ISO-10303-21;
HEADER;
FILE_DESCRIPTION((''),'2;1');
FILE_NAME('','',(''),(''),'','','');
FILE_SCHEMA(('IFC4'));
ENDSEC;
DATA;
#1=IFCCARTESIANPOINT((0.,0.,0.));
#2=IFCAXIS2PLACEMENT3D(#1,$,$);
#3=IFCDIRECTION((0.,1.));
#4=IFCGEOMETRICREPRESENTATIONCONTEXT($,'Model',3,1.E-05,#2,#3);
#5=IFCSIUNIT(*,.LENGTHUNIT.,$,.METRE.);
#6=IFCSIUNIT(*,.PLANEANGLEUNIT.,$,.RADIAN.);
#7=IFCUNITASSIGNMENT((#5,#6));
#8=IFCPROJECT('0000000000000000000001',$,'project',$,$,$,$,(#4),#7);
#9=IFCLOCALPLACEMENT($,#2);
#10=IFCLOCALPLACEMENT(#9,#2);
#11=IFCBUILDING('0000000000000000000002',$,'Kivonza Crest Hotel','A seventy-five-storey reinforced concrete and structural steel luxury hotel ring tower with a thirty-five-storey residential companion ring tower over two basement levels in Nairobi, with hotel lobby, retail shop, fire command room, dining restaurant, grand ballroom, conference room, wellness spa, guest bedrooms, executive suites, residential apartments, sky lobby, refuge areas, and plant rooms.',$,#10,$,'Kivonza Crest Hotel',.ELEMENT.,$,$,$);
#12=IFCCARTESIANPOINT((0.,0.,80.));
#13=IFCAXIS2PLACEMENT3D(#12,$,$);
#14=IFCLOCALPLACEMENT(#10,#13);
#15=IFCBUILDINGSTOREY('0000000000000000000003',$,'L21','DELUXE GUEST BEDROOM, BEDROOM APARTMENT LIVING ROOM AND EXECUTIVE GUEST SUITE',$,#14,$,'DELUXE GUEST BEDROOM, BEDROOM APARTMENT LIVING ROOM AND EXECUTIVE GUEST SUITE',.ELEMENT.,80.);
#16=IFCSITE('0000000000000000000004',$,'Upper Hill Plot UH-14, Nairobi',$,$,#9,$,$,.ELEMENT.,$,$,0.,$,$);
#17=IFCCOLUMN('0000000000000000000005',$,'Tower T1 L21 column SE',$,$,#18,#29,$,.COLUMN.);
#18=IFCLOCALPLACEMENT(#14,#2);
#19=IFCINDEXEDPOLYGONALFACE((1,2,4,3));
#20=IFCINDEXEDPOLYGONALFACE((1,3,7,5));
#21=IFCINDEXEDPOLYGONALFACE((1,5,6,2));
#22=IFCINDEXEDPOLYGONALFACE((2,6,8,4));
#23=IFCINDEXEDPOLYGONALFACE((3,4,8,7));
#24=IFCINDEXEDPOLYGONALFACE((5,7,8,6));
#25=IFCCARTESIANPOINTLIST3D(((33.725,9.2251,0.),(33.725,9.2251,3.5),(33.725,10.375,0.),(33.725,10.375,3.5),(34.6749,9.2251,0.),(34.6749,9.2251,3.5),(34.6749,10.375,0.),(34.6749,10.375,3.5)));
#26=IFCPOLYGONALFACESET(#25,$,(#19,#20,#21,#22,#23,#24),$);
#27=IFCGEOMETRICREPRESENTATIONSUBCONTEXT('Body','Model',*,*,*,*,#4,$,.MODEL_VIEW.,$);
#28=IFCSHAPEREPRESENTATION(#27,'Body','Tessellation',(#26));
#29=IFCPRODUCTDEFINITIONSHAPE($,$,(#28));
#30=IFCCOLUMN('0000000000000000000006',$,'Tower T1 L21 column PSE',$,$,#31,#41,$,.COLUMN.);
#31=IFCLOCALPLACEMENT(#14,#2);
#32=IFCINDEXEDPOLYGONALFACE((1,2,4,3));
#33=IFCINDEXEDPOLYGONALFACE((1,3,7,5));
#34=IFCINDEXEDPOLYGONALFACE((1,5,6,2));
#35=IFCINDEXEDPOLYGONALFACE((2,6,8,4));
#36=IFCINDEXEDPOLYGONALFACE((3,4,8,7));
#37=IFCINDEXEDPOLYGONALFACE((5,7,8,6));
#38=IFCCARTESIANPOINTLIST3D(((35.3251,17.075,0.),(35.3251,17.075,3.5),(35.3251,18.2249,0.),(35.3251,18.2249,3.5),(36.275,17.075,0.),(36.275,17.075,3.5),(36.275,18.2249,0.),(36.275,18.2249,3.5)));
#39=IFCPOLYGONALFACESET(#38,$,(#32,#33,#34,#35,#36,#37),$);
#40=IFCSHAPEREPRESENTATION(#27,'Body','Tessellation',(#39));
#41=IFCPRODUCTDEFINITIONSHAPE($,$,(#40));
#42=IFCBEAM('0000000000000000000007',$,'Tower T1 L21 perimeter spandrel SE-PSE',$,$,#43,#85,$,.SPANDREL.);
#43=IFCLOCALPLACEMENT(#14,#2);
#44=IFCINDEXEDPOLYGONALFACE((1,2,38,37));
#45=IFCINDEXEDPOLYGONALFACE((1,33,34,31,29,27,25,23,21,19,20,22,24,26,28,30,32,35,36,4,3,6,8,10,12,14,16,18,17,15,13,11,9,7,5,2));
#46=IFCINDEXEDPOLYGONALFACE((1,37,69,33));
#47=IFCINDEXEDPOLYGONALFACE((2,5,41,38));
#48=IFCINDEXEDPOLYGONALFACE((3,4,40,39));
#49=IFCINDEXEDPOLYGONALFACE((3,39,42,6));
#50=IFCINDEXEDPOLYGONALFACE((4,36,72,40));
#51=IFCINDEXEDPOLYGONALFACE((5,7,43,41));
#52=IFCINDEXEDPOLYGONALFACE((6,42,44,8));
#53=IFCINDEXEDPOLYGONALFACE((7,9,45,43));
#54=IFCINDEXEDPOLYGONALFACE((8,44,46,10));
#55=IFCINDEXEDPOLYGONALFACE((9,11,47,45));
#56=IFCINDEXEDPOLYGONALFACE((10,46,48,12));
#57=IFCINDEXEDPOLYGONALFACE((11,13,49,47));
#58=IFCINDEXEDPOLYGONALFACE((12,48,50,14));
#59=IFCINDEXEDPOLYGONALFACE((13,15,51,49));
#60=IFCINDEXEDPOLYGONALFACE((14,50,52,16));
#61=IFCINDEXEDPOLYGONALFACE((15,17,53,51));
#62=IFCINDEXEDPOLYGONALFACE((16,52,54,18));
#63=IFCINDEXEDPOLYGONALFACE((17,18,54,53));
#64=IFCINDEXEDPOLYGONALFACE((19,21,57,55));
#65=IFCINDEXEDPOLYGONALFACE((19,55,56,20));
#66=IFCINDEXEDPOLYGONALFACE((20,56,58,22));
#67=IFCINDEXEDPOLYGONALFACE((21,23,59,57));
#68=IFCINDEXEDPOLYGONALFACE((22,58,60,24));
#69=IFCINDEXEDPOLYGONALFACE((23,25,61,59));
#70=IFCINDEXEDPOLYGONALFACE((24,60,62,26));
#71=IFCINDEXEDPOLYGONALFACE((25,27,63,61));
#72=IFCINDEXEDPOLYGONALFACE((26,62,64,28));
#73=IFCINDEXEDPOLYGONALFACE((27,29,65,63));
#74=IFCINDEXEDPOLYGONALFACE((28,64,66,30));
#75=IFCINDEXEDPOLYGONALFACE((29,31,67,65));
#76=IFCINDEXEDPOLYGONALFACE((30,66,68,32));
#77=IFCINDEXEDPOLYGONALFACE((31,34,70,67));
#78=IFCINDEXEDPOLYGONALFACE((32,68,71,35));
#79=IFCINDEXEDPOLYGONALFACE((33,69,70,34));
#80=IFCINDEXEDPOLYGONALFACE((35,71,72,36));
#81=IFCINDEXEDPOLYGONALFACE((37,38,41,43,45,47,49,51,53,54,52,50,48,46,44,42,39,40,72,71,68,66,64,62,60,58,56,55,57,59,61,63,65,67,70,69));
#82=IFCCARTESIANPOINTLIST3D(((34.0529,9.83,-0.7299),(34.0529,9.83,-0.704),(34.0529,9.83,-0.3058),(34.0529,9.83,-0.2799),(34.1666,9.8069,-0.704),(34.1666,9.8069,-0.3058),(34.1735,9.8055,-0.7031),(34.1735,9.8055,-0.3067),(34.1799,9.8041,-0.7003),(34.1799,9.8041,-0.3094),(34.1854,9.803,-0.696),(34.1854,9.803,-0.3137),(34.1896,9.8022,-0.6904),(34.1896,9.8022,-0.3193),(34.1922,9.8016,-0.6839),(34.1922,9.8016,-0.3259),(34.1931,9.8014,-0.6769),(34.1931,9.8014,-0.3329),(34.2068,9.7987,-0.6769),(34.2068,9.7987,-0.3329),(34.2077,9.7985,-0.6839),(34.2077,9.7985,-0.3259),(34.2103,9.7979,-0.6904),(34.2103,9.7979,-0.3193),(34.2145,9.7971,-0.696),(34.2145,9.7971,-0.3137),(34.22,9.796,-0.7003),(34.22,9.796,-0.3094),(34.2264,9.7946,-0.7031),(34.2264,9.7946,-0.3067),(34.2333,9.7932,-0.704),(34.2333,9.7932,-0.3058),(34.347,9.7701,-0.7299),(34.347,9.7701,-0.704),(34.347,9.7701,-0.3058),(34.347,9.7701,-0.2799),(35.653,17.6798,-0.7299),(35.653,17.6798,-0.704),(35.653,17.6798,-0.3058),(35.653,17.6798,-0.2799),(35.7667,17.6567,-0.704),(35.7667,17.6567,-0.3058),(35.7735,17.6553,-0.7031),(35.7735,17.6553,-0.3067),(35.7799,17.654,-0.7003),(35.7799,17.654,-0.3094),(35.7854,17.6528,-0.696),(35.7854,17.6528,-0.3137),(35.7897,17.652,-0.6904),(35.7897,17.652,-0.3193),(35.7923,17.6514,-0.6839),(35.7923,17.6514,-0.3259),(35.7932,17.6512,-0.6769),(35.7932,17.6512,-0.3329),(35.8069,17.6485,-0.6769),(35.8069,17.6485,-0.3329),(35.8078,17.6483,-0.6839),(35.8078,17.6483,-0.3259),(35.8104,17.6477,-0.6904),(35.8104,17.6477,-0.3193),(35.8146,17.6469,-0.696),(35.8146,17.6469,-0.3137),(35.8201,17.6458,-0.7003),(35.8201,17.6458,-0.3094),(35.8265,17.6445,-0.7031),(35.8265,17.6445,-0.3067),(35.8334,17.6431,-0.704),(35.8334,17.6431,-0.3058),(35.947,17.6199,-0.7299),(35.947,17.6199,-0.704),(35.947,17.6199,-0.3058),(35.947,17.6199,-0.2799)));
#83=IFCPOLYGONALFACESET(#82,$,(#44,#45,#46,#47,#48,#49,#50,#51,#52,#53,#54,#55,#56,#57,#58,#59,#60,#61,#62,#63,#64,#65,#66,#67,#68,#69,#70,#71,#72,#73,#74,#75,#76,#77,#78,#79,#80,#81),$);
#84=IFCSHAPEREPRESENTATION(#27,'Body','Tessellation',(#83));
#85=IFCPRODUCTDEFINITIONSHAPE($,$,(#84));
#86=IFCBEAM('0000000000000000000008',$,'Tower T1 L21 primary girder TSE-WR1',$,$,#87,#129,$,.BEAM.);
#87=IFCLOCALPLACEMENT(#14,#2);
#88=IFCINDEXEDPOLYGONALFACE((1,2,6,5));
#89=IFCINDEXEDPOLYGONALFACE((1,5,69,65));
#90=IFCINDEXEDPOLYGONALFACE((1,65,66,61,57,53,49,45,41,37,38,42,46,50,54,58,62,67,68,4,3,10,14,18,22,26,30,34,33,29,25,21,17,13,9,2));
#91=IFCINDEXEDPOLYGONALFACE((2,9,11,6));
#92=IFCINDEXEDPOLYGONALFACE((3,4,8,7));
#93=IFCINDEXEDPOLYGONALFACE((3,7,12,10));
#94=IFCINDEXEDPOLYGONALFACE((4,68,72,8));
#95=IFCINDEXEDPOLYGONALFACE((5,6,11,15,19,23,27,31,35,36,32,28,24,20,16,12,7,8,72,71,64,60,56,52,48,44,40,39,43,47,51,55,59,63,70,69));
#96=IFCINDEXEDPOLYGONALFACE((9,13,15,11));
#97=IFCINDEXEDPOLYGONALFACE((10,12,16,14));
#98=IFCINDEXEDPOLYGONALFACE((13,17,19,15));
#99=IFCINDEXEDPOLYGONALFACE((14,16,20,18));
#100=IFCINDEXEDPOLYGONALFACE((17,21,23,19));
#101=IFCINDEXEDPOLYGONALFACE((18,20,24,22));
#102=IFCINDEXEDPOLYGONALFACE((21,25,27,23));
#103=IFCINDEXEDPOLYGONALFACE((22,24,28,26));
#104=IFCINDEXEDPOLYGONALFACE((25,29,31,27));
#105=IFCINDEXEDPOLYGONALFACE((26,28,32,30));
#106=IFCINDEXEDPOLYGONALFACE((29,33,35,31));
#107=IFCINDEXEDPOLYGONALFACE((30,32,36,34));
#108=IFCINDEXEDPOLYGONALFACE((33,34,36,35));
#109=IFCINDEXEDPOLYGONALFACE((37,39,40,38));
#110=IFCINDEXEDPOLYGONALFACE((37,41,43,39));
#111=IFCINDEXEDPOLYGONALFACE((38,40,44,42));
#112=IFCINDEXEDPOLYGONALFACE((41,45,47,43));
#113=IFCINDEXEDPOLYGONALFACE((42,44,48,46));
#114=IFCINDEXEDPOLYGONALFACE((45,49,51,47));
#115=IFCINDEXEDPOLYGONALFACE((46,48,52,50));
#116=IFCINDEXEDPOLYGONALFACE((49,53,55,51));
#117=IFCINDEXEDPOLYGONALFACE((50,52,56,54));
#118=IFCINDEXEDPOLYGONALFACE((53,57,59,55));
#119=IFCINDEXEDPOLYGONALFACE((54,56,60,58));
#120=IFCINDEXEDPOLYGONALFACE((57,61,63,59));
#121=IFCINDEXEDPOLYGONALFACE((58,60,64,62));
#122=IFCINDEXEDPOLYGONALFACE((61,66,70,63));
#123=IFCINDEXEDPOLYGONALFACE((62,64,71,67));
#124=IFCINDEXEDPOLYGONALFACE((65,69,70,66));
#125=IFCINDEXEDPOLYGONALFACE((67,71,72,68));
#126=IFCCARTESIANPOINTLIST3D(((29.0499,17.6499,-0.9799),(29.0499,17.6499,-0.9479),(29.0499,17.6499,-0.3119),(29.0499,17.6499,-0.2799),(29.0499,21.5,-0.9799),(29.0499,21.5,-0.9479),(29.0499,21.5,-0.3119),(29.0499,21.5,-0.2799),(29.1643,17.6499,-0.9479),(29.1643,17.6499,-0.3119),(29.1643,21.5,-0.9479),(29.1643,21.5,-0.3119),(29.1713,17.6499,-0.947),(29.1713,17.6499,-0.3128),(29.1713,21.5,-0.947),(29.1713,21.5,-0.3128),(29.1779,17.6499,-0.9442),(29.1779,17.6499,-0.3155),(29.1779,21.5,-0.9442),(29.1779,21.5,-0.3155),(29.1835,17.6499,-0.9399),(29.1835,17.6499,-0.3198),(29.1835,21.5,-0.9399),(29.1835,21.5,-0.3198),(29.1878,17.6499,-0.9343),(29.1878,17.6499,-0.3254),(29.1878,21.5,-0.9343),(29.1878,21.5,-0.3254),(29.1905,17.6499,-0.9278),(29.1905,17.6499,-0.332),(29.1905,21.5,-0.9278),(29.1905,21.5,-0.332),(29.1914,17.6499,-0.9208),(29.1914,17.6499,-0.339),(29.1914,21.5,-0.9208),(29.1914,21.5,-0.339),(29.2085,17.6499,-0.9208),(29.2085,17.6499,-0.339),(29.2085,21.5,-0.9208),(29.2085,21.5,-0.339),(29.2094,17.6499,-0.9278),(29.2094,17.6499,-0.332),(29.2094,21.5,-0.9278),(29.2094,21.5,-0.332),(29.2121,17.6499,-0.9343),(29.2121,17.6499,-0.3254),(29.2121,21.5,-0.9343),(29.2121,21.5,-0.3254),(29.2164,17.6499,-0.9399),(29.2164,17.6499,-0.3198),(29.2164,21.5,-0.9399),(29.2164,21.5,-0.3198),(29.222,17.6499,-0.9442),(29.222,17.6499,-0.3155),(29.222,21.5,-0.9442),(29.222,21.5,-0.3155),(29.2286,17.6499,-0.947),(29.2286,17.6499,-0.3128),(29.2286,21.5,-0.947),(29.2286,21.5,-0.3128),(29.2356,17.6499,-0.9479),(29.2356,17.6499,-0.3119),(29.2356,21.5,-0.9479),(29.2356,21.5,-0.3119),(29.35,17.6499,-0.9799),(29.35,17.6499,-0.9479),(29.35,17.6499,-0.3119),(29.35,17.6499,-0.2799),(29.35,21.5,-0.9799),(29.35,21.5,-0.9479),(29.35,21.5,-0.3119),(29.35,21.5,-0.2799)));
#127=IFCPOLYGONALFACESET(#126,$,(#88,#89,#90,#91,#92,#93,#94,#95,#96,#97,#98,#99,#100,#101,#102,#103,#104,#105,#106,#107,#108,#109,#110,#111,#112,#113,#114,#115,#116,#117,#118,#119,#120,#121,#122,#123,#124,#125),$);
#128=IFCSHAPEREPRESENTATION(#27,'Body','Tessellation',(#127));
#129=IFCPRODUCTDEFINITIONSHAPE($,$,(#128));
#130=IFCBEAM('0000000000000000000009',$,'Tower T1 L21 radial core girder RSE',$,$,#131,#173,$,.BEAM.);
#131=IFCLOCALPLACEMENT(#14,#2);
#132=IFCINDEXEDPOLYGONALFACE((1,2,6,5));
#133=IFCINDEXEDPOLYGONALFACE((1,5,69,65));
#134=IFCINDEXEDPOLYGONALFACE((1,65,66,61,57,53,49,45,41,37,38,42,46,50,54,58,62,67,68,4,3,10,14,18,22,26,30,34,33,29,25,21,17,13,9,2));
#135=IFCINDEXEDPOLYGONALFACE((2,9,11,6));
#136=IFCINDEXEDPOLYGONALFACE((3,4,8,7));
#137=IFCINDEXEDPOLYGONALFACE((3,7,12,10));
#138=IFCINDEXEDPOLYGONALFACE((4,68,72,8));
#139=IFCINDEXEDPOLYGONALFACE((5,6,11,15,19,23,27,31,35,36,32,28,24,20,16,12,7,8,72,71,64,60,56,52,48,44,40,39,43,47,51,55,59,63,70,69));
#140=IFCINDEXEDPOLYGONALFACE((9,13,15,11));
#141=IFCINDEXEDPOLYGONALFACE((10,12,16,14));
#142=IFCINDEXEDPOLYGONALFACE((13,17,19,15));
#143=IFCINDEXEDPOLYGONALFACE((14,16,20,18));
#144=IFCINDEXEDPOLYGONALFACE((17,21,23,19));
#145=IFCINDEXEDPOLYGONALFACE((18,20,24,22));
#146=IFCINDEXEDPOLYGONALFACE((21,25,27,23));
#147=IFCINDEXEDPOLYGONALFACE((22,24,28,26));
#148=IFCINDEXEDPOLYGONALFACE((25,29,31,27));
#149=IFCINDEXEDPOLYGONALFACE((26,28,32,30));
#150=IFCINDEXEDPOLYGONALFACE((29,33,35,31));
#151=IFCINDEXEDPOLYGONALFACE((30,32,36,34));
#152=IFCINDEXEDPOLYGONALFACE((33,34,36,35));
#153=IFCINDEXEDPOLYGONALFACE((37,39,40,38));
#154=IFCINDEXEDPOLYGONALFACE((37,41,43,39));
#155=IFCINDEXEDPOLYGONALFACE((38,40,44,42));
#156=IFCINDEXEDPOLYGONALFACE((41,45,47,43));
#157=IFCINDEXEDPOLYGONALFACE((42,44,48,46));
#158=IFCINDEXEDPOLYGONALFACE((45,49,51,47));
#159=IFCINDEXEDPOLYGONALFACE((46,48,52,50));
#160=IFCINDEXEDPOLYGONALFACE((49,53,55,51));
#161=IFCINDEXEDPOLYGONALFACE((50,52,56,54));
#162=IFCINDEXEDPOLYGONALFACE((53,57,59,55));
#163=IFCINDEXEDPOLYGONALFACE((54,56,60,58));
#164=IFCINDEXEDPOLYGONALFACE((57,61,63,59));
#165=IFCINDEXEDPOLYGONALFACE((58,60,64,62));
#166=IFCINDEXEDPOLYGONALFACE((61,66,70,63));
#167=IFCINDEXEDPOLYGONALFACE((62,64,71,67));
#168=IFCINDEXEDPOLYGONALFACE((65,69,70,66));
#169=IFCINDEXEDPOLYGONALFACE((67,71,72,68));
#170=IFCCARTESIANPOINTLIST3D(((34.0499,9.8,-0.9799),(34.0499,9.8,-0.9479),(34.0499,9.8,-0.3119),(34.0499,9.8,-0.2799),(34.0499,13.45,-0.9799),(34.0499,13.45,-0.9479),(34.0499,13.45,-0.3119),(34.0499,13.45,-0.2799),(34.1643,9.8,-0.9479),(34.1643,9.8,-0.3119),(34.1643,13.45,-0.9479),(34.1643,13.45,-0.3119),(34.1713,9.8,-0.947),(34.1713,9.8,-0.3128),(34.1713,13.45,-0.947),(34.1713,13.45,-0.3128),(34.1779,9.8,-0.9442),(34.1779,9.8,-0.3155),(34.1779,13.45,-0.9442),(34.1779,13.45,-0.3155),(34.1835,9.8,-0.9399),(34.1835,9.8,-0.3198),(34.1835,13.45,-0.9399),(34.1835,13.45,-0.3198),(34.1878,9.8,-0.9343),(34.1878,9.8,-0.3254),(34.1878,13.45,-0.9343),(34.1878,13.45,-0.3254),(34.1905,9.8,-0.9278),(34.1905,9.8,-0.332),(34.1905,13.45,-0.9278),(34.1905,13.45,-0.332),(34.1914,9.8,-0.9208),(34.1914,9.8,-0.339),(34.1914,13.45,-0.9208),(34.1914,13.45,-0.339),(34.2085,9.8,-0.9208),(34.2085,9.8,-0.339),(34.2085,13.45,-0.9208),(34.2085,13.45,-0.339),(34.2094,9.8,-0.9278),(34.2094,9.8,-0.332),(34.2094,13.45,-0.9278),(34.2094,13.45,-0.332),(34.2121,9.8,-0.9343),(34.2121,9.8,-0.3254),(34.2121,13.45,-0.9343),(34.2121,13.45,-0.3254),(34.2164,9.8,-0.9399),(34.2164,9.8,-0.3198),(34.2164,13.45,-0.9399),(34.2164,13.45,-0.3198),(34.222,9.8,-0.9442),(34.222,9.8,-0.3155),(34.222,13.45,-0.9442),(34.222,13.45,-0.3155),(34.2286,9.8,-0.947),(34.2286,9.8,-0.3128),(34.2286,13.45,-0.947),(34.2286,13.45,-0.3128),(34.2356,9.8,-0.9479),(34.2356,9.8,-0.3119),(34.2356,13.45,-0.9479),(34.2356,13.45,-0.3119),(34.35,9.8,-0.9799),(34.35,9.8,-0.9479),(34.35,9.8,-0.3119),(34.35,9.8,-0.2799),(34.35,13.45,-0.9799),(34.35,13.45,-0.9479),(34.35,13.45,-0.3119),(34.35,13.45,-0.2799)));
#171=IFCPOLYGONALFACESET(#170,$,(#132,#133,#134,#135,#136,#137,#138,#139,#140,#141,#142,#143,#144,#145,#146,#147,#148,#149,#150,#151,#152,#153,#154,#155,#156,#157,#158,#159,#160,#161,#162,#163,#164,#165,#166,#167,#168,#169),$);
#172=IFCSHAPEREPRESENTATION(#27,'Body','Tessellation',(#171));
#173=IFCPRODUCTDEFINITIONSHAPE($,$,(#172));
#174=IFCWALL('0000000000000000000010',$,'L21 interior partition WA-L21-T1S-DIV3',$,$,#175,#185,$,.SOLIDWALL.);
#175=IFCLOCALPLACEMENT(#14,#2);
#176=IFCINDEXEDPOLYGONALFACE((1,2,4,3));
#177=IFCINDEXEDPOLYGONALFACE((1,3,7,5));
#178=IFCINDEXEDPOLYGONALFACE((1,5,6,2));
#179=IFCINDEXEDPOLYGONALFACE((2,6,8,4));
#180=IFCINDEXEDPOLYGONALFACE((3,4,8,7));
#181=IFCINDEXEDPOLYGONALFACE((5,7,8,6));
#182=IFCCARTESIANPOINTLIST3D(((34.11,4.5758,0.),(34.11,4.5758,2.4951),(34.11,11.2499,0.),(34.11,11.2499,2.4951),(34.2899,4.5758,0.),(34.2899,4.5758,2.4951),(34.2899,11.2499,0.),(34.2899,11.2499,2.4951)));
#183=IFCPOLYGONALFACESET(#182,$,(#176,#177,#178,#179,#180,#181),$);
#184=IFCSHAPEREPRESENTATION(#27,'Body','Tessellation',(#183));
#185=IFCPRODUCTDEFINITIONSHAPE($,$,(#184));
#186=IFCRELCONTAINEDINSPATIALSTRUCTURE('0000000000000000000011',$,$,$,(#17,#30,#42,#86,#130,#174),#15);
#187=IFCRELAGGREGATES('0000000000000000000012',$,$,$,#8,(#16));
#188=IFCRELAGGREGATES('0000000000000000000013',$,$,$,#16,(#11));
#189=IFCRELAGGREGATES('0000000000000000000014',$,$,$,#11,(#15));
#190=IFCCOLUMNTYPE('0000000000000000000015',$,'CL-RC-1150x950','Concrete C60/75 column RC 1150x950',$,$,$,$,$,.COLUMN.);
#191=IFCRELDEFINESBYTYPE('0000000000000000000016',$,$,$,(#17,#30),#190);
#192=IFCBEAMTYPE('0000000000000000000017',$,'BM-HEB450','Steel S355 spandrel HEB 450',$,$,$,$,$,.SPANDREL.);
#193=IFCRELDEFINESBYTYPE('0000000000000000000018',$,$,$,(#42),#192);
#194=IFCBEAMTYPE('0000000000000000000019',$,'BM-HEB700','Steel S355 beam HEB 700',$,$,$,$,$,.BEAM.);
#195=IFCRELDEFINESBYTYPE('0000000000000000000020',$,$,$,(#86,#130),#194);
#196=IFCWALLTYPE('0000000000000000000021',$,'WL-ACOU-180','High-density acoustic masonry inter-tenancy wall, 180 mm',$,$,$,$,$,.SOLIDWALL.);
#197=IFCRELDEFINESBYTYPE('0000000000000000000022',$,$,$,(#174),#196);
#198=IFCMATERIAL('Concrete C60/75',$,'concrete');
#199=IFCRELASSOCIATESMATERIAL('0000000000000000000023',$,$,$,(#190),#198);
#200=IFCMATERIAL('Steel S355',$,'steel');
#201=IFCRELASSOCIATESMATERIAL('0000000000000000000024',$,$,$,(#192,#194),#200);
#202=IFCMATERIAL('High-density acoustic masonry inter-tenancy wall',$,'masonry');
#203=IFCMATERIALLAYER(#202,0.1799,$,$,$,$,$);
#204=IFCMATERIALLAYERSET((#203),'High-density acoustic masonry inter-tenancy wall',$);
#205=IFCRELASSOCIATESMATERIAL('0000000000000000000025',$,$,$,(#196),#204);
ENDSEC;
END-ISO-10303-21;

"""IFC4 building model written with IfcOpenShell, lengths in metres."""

from ifc_helpers import new_model, si_unit, direction, frame, frame_2d, origin, origin_2d, place, context, subcontext, project, spatial, rectangle, i_section, extrude, material, layer, layer_set, material_profile, profile_set, type_object, element, save


model = new_model("IFC4")

# Units and contexts
model_context = context("Model", 3, precision=1e-05, world=origin(), true_north=direction((0.0, 1.0)))
body_context = subcontext(model_context, "Body", "Model", "MODEL_VIEW")
ifc_project = project(units=[si_unit("LENGTHUNIT", "METRE"), si_unit("PLANEANGLEUNIT", "RADIAN")], contexts=[model_context])

# Site, building, storey
site_placement = place(None, origin())
site = spatial("IfcSite", under=ifc_project, at=site_placement, Name="Upper Hill Plot UH-14, Nairobi", CompositionType="ELEMENT", RefElevation=0.0)
building_placement = place(site_placement, origin())
building = spatial("IfcBuilding", under=site, at=building_placement, Name="Kivonza Crest Hotel", Description="A seventy-five-storey reinforced concrete and structural steel luxury hotel ring tower with a thirty-five-storey residential companion ring tower over two basement levels in Nairobi, with hotel lobby, retail shop, fire command room, dining restaurant, grand ballroom, conference room, wellness spa, guest bedrooms, executive suites, residential apartments, sky lobby, refuge areas, and plant rooms.", LongName="Kivonza Crest Hotel", CompositionType="ELEMENT")
storey_placement = place(building_placement, frame((0.0, 0.0, 80.0)))
storey = spatial("IfcBuildingStorey", under=building, at=storey_placement, Name="L21", Description="DELUXE GUEST BEDROOM, BEDROOM APARTMENT LIVING ROOM AND EXECUTIVE GUEST SUITE", LongName="DELUXE GUEST BEDROOM, BEDROOM APARTMENT LIVING ROOM AND EXECUTIVE GUEST SUITE", CompositionType="ELEMENT", Elevation=80.0)

# Columns
ifc_material_1 = material(Name="Concrete C60/75", Category="concrete")
ifc_material_profile_1 = material_profile(ifc_material_1, rectangle(XDim=0.95, YDim=1.1499, at=origin_2d()), Name="RC 1150x950")
ifc_profile_set_1 = profile_set([ifc_material_profile_1], Name="Concrete C60/75")
column_type = type_object("IfcColumnType", Name="CL-RC-1150x950", Description="Concrete C60/75 column RC 1150x950", PredefinedType="COLUMN", material=ifc_profile_set_1)
for number, where, z_axis, x_axis, name in (
    (1, (34.2, 9.8, 0.0), (0.0, 0.0, 1.0), (1.0, 0.0, 0.0), "Tower T1 L21 column SE"),
    (2, (35.8, 17.6499, 0.0), (0.0, 0.0, 1.0), (1.0, 0.0, 0.0), "Tower T1 L21 column PSE"),
):
    element("IfcColumn", number, at=place(storey_placement, frame(where, z_axis=z_axis, x_axis=x_axis)), inside=storey, type_object=column_type, Name=name, PredefinedType="COLUMN", context=body_context, shape_type="SweptSolid", body=[
        extrude(rectangle(XDim=0.95, YDim=1.1499, at=origin_2d()), origin(), (0.0, 0.0, 1.0), 3.5),
    ])

# Beams
ifc_material_2 = material(Name="Steel S355", Category="steel")
ifc_material_profile_2 = material_profile(ifc_material_2, i_section(OverallWidth=0.3, OverallDepth=0.45, WebThickness=0.0139, FlangeThickness=0.0259, FilletRadius=0.0271, at=origin_2d()), Name="HEB 450")
ifc_profile_set_2 = profile_set([ifc_material_profile_2], Name="Steel S355")
beam_type_1 = type_object("IfcBeamType", Name="BM-HEB450", Description="Steel S355 spandrel HEB 450", PredefinedType="SPANDREL", material=ifc_profile_set_2)
beam_1_placement = place(storey_placement, frame((34.2, 9.8, -0.5049), z_axis=(0.199731, 0.979851, 0.0), x_axis=(-0.979851, 0.199731, 0.0)))
element("IfcBeam", 3, at=beam_1_placement, inside=storey, type_object=beam_type_1, Name="Tower T1 L21 perimeter spandrel SE-PSE", PredefinedType="SPANDREL", context=body_context, shape_type="SweptSolid", body=[
    extrude(i_section(OverallWidth=0.3, OverallDepth=0.45, WebThickness=0.0139, FlangeThickness=0.0259, FilletRadius=0.0271, at=origin_2d()), origin(), (0.0, 0.0, 1.0), 8.0112),
])
ifc_material_profile_3 = material_profile(ifc_material_2, i_section(OverallWidth=0.3, OverallDepth=0.7, WebThickness=0.0171, FlangeThickness=0.032, FilletRadius=0.0271, at=origin_2d()), Name="HEB 700")
ifc_profile_set_3 = profile_set([ifc_material_profile_3], Name="Steel S355")
beam_type_2 = type_object("IfcBeamType", Name="BM-HEB700", Description="Steel S355 beam HEB 700", PredefinedType="BEAM", material=ifc_profile_set_3)
beam_2_placement = place(storey_placement, frame((29.2, 17.6499, -0.6299), z_axis=(0.0, 1.0, 0.0), x_axis=(-1.0, 0.0, 0.0)))
element("IfcBeam", 4, at=beam_2_placement, inside=storey, type_object=beam_type_2, Name="Tower T1 L21 primary girder TSE-WR1", PredefinedType="BEAM", context=body_context, shape_type="SweptSolid", body=[
    extrude(i_section(OverallWidth=0.3, OverallDepth=0.7, WebThickness=0.0171, FlangeThickness=0.032, FilletRadius=0.0271, at=origin_2d()), origin(), (0.0, 0.0, 1.0), 3.8501),
])
beam_3_placement = place(storey_placement, frame((34.2, 9.8, -0.6299), z_axis=(0.0, 1.0, 0.0), x_axis=(-1.0, 0.0, 0.0)))
element("IfcBeam", 5, at=beam_3_placement, inside=storey, type_object=beam_type_2, Name="Tower T1 L21 radial core girder RSE", PredefinedType="BEAM", context=body_context, shape_type="SweptSolid", body=[
    extrude(i_section(OverallWidth=0.3, OverallDepth=0.7, WebThickness=0.0171, FlangeThickness=0.032, FilletRadius=0.0271, at=origin_2d()), origin(), (0.0, 0.0, 1.0), 3.6499),
])

# Wall
ifc_material_3 = material(Name="High-density acoustic masonry inter-tenancy wall", Category="masonry")
ifc_layer_1 = layer(ifc_material_3, 0.1799)
ifc_layer_set_1 = layer_set([ifc_layer_1], Name="High-density acoustic masonry inter-tenancy wall")
wall_type_1 = type_object("IfcWallType", Name="WL-ACOU-180", Description="High-density acoustic masonry inter-tenancy wall, 180 mm", PredefinedType="SOLIDWALL", material=ifc_layer_set_1)
wall_1_placement = place(storey_placement, frame((34.2, 4.5759, 0.0), z_axis=(0.0, 0.0, 1.0), x_axis=(0.0, 1.0, 0.0)))
element("IfcWall", 6, at=wall_1_placement, inside=storey, type_object=wall_type_1, Name="L21 interior partition WA-L21-T1S-DIV3", PredefinedType="SOLIDWALL", context=body_context, shape_type="SweptSolid", body=[
    extrude(rectangle(XDim=6.6741, YDim=0.1799, at=frame_2d((3.3369, 0.0))), origin(), (0.0, 0.0, 1.0), 2.4951),
])

save(model, "model.ifc")
